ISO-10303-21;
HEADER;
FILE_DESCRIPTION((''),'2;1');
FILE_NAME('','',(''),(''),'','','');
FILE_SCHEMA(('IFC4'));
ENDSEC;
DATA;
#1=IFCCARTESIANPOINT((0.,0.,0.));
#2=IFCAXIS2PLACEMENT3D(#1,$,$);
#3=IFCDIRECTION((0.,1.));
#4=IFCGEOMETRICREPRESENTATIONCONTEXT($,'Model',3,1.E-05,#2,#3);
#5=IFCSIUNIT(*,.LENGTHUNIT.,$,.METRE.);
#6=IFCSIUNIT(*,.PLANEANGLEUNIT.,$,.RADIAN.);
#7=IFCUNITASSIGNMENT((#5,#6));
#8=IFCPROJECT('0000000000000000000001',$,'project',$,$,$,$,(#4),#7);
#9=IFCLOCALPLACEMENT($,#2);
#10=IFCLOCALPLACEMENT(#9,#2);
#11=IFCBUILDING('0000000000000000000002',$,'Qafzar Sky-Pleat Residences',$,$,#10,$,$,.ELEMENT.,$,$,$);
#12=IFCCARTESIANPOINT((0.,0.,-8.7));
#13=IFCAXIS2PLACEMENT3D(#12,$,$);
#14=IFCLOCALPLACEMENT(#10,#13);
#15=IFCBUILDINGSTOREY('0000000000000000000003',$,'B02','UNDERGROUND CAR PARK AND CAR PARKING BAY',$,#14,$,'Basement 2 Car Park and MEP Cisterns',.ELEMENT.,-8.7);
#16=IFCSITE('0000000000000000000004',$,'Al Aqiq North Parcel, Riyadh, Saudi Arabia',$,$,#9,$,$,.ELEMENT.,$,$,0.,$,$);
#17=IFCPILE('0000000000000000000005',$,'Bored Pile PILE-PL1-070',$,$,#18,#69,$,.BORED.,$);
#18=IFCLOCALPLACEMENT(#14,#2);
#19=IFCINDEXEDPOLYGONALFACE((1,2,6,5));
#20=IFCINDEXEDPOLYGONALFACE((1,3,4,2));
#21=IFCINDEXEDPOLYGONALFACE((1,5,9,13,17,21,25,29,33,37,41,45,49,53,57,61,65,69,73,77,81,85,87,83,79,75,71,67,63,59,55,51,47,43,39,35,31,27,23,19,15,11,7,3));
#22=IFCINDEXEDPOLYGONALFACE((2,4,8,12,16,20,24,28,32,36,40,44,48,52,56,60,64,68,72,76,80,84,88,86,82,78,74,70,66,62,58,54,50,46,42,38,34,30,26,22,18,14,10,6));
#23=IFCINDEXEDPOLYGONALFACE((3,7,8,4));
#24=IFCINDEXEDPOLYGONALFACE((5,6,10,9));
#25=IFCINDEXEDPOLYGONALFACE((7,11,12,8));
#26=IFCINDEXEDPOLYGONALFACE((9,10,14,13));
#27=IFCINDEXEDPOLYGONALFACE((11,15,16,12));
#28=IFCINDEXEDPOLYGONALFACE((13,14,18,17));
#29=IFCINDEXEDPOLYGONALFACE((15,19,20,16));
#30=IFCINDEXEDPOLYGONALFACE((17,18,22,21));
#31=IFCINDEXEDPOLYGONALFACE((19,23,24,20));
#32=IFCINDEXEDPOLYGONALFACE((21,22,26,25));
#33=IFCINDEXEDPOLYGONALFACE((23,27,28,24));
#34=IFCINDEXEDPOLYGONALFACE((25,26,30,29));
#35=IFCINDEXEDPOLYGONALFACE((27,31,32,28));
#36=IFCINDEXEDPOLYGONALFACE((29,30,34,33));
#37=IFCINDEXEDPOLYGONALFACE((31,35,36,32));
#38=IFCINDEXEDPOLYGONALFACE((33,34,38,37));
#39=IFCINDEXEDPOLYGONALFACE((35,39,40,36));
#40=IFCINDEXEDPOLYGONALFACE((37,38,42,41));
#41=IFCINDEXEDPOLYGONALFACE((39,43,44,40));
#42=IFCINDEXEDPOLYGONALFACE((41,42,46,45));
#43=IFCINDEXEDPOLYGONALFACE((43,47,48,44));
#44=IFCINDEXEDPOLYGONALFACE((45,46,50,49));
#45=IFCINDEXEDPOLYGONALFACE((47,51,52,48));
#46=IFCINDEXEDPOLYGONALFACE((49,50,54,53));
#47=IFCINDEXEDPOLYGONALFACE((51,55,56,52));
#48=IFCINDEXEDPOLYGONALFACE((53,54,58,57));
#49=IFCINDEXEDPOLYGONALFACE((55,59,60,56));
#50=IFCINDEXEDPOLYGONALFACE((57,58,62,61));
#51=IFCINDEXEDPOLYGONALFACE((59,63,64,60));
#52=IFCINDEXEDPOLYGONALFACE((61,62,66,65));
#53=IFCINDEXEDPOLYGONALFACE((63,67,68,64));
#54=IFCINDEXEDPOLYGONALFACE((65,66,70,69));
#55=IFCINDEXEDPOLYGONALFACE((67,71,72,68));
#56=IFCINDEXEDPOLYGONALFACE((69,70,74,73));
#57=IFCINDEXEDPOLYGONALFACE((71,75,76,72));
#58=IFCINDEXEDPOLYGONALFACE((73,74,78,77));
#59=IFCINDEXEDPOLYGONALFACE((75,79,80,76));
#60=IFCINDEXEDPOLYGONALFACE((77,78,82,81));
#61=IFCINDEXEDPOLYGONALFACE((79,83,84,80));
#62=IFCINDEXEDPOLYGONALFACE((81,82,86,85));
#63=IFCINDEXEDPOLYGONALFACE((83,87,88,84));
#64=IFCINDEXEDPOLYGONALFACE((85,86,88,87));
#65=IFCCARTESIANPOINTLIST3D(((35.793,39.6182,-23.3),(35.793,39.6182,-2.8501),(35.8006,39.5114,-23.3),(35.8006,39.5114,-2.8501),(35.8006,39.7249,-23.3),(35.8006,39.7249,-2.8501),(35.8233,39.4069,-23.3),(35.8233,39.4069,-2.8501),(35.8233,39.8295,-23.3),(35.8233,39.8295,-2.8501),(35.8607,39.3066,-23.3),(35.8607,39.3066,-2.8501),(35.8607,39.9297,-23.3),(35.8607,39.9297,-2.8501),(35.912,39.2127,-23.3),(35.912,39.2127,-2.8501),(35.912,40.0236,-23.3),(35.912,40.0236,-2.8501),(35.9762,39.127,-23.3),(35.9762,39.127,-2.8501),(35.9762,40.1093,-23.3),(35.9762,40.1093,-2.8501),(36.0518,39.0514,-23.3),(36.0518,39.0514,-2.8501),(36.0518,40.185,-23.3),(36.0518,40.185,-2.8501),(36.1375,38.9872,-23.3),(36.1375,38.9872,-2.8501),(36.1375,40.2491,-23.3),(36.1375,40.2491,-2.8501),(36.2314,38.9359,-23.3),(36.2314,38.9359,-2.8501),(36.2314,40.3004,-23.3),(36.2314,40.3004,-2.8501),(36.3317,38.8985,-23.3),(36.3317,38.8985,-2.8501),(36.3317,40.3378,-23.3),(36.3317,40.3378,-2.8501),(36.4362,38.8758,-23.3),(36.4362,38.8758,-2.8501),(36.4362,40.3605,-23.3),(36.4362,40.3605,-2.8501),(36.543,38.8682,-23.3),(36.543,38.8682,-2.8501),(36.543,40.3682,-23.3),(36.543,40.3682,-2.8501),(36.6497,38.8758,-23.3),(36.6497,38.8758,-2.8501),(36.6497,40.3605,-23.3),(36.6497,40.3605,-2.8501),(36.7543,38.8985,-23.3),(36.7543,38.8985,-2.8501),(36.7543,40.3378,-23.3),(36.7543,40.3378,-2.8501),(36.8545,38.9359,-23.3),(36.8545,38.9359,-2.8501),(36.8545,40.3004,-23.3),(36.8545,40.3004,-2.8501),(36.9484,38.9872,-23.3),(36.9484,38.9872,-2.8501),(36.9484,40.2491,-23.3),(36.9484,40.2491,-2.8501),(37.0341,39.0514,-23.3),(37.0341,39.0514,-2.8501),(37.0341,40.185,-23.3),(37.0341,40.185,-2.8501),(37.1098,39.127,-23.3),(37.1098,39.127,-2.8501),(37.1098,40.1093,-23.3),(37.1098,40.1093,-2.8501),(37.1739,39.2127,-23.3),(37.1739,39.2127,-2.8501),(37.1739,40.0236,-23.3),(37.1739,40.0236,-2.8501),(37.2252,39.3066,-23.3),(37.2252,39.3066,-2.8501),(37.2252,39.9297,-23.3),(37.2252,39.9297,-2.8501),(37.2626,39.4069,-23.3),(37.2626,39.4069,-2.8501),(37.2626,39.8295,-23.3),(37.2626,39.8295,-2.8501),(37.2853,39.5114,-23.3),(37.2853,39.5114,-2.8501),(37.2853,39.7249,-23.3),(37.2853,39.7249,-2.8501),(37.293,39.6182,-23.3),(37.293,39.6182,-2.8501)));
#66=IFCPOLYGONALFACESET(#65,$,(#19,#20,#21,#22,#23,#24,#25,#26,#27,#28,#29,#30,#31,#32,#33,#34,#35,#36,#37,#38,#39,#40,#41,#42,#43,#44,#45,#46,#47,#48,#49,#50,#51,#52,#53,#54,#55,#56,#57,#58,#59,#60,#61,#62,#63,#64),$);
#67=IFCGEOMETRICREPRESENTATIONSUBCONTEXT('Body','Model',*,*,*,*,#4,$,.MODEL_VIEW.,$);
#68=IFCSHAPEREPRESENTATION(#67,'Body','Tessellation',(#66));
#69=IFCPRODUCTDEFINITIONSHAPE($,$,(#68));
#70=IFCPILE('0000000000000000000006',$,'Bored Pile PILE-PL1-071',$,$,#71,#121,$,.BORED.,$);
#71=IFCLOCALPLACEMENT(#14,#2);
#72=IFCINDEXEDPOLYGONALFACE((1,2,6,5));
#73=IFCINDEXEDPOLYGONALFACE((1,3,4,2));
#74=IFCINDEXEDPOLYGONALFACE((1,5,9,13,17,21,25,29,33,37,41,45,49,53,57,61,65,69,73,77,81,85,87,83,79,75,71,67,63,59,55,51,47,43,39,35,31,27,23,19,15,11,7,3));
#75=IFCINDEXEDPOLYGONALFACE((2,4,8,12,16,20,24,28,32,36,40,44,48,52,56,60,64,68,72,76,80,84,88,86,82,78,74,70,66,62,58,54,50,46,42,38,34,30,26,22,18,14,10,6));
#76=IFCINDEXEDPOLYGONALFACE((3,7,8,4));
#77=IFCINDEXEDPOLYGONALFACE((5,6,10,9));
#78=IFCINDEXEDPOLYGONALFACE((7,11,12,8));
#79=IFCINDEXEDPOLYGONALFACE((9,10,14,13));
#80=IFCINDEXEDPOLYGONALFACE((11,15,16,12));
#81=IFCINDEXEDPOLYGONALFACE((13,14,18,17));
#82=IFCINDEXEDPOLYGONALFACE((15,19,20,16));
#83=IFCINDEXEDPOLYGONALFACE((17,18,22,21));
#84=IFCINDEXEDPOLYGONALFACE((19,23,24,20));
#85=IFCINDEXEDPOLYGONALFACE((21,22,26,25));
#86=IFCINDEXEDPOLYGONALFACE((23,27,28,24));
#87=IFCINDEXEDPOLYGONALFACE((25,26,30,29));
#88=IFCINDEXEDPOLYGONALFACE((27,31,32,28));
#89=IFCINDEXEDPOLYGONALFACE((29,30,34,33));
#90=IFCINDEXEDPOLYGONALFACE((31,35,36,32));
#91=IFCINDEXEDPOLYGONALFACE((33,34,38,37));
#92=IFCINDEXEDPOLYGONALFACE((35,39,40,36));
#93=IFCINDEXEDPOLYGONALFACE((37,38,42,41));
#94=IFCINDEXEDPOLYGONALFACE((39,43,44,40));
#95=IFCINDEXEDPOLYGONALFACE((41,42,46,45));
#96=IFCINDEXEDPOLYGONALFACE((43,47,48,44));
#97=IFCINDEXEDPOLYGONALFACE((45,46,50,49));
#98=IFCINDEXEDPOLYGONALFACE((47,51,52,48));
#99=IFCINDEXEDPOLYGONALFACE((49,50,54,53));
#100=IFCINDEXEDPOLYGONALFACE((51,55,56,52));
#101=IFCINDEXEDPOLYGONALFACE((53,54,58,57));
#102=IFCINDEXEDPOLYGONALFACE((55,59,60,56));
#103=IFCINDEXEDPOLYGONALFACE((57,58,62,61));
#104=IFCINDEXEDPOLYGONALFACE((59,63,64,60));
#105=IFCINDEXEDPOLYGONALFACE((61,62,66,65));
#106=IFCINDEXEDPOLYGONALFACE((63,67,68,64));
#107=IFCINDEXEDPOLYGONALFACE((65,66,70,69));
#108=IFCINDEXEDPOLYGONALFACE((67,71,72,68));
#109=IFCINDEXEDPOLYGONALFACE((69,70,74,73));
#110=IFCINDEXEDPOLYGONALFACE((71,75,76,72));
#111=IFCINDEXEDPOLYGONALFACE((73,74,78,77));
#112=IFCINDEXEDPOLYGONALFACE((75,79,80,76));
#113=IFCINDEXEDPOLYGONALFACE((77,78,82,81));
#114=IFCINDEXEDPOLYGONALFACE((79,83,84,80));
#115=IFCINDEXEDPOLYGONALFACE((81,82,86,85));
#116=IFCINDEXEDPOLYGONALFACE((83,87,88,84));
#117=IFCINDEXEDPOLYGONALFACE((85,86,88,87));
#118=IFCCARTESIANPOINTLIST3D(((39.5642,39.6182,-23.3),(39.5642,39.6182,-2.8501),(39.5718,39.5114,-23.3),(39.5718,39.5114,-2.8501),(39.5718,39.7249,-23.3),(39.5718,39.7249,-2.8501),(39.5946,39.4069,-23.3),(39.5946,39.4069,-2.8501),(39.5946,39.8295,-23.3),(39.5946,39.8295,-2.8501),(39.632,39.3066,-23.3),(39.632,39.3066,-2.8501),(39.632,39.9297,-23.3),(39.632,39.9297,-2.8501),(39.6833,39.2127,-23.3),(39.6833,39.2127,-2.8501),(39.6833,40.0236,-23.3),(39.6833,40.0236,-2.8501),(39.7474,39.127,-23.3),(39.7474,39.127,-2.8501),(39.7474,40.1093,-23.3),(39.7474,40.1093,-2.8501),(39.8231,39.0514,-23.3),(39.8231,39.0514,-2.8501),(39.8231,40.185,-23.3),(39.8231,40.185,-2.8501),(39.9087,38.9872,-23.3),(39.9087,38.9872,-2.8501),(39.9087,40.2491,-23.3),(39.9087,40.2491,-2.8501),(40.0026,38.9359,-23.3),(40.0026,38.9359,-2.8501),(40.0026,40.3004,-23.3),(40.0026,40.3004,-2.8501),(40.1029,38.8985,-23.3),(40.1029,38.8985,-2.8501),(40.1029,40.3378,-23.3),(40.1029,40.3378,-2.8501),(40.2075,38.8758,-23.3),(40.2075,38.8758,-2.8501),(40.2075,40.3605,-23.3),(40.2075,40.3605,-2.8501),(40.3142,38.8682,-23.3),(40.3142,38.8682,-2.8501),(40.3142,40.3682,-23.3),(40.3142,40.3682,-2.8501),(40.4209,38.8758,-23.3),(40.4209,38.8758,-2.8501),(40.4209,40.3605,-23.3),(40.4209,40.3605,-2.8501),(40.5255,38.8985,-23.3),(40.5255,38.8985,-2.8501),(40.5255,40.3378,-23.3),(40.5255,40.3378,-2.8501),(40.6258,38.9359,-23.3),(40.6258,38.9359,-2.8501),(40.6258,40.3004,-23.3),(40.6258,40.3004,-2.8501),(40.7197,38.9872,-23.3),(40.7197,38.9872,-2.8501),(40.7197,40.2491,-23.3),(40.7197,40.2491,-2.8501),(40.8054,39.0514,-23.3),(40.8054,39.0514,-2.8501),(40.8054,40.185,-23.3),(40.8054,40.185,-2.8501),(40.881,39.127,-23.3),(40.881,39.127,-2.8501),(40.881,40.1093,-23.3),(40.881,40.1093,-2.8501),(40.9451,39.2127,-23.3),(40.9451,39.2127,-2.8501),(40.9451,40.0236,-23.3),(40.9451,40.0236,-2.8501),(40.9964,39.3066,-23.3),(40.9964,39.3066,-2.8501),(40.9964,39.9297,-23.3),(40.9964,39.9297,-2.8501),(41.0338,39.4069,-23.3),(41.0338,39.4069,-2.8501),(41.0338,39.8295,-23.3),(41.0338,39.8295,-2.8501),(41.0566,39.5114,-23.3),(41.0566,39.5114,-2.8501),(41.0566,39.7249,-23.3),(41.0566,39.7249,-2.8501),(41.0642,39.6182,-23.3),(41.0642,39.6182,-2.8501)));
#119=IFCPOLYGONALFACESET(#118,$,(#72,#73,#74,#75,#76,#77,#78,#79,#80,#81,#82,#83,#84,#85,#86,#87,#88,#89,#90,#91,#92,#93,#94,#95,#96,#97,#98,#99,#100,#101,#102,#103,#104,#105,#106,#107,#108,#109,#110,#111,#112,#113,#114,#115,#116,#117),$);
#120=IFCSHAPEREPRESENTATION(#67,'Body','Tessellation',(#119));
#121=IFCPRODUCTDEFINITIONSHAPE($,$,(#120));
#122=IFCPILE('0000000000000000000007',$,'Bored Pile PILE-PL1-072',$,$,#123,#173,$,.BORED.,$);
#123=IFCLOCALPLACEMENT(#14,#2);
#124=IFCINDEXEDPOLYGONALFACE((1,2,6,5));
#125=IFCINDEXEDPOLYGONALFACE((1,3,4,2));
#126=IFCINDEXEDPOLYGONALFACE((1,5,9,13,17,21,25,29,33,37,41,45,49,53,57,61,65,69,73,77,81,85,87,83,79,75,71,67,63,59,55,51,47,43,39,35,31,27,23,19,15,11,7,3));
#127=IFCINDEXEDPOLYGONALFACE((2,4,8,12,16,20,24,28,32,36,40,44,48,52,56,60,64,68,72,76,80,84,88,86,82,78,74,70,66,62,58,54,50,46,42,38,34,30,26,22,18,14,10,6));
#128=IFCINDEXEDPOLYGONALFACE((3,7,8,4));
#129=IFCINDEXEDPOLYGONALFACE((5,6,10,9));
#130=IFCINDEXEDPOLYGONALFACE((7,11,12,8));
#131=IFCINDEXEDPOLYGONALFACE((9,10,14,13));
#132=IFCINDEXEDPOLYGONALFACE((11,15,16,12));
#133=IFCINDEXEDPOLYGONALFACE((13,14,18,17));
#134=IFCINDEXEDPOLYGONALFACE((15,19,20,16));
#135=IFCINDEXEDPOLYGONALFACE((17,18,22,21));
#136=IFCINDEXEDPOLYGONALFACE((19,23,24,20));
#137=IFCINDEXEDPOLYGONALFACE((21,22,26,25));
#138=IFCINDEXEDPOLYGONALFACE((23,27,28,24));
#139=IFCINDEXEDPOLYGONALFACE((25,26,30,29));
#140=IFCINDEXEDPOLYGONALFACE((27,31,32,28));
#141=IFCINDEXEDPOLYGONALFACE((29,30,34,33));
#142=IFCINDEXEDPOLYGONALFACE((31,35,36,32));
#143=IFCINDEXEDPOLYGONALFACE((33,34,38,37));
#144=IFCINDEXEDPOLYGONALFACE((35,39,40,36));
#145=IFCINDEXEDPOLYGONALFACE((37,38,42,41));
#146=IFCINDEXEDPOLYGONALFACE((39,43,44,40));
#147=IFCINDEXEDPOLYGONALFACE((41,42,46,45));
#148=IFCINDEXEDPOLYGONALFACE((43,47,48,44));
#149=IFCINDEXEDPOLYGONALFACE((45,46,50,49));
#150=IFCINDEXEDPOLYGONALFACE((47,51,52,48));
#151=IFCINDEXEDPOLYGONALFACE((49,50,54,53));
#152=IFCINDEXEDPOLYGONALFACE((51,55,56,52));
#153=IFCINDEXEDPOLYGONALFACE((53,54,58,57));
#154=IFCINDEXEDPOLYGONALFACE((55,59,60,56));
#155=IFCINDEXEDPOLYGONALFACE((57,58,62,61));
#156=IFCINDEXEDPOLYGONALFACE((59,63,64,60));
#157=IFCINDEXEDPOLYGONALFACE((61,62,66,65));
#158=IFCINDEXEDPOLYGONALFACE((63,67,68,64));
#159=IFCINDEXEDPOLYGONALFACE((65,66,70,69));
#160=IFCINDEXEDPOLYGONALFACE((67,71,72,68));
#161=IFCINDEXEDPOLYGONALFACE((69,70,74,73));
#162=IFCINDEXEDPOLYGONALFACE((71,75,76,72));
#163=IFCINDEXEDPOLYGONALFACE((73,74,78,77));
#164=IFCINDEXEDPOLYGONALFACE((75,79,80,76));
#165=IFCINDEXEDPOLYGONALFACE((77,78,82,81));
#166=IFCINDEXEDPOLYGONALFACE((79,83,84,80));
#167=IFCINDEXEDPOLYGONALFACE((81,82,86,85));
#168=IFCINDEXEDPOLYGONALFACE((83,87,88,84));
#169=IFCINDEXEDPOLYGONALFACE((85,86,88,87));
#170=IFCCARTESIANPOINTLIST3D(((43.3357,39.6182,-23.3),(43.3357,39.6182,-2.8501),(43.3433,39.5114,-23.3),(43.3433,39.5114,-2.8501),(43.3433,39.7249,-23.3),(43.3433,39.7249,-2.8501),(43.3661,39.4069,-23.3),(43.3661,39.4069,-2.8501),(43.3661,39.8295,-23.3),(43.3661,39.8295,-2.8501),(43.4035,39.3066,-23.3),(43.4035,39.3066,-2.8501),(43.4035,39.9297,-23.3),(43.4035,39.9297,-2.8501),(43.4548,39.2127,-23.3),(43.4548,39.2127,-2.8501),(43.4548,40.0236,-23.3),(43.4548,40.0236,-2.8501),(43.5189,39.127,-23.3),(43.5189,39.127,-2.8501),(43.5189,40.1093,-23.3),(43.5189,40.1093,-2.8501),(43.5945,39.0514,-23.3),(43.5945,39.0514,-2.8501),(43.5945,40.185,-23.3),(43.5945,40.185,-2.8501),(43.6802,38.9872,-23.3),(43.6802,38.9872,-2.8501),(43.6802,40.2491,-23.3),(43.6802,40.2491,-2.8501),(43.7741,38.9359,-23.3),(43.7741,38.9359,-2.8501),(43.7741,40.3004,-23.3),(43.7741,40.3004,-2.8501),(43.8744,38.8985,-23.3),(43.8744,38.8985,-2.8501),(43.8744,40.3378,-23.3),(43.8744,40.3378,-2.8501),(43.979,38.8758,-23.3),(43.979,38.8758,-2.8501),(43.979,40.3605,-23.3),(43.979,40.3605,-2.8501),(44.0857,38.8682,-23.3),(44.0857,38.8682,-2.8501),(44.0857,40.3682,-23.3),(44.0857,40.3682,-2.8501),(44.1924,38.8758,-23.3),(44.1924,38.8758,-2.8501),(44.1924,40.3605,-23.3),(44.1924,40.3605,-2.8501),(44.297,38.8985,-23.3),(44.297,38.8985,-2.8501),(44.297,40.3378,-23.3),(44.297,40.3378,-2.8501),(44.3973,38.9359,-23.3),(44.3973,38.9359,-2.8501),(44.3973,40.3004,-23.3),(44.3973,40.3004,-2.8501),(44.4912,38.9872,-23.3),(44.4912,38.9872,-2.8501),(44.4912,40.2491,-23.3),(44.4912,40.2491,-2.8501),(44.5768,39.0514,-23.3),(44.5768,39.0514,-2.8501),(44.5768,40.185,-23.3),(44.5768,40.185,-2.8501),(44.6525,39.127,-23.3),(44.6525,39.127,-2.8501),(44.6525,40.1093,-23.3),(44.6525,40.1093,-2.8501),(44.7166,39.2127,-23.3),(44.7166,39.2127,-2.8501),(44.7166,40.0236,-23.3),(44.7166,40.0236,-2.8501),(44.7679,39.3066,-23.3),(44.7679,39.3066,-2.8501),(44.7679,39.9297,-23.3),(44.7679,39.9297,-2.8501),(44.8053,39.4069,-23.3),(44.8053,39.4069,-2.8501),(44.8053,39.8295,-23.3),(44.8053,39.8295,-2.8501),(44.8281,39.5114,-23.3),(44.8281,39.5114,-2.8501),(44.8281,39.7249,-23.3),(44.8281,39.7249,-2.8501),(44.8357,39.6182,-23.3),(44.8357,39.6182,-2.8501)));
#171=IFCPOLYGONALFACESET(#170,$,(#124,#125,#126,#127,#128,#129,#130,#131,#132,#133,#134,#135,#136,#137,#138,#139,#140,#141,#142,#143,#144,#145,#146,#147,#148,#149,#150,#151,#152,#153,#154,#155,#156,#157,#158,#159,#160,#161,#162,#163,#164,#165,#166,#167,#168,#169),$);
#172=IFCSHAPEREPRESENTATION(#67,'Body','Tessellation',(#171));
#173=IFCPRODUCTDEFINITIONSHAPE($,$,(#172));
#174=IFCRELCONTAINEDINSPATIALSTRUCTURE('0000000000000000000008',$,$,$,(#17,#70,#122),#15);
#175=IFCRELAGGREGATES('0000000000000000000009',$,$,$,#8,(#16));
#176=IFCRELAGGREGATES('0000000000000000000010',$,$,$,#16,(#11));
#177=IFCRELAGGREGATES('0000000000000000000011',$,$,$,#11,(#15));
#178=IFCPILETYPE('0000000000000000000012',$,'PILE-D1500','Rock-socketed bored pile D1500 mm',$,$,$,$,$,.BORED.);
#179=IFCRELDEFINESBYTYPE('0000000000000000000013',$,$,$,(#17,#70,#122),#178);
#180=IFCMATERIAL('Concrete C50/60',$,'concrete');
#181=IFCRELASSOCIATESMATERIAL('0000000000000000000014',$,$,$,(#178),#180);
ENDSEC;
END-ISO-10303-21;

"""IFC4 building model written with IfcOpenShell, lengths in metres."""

from ifc_helpers import new_model, si_unit, direction, frame, origin, origin_2d, place, context, subcontext, project, spatial, circle, extrude, source, transform, mapped, material, material_profile, profile_set, type_object, element, save


model = new_model("IFC4")

# Units and contexts
model_context = context("Model", 3, precision=1e-05, world=origin(), true_north=direction((0.0, 1.0)))
body_context = subcontext(model_context, "Body", "Model", "MODEL_VIEW")
ifc_project = project(units=[si_unit("LENGTHUNIT", "METRE"), si_unit("PLANEANGLEUNIT", "RADIAN")], contexts=[model_context])

# Site, building, storey
site_placement = place(None, origin())
site = spatial("IfcSite", under=ifc_project, at=site_placement, Name="Al Aqiq North Parcel, Riyadh, Saudi Arabia", CompositionType="ELEMENT", RefElevation=0.0)
building_placement = place(site_placement, origin())
building = spatial("IfcBuilding", under=site, at=building_placement, Name="Qafzar Sky-Pleat Residences", CompositionType="ELEMENT")
storey_placement = place(building_placement, frame((0.0, 0.0, -8.7)))
storey = spatial("IfcBuildingStorey", under=building, at=storey_placement, Name="B02", Description="UNDERGROUND CAR PARK AND CAR PARKING BAY", LongName="Basement 2 Car Park and MEP Cisterns", CompositionType="ELEMENT", Elevation=-8.7)

# Piles
ifc_material_1 = material(Name="Concrete C50/60", Category="concrete")
ifc_material_profile_1 = material_profile(ifc_material_1, circle(Radius=0.75, at=origin_2d()), Name="PILE D1500")
ifc_profile_set_1 = profile_set([ifc_material_profile_1], Name="Concrete C50/60")
pile_type_1 = type_object("IfcPileType", Name="PILE-D1500", Description="Rock-socketed bored pile D1500 mm", PredefinedType="BORED", material=ifc_profile_set_1)
shared_shape_1 = source(origin(), body_context, "Body", "SweptSolid", [
    extrude(circle(Radius=0.75, at=origin_2d()), origin(), (0.0, 0.0, 1.0), 20.45),
])
for number, where, z_axis, x_axis, name in (
    (1, (36.543, 39.6182, -2.8501), (0.0, 0.0, -1.0), (1.0, 0.0, 0.0), "Bored Pile PILE-PL1-070"),
    (2, (40.3142, 39.6182, -2.8501), (0.0, 0.0, -1.0), (1.0, 0.0, 0.0), "Bored Pile PILE-PL1-071"),
    (3, (44.0857, 39.6182, -2.8501), (0.0, 0.0, -1.0), (1.0, 0.0, 0.0), "Bored Pile PILE-PL1-072"),
):
    element("IfcPile", number, at=place(storey_placement, frame(where, z_axis=z_axis, x_axis=x_axis)), inside=storey, type_object=pile_type_1, Name=name, PredefinedType="BORED", context=body_context, shape_type="MappedRepresentation", body=[
        mapped(shared_shape_1, transform((0.0, 0.0, 0.0), x_axis=(1.0, 0.0, 0.0), y_axis=(0.0, 1.0, 0.0), z_axis=(0.0, 0.0, 1.0), scale=1.0)),
    ])

save(model, "model.ifc")
